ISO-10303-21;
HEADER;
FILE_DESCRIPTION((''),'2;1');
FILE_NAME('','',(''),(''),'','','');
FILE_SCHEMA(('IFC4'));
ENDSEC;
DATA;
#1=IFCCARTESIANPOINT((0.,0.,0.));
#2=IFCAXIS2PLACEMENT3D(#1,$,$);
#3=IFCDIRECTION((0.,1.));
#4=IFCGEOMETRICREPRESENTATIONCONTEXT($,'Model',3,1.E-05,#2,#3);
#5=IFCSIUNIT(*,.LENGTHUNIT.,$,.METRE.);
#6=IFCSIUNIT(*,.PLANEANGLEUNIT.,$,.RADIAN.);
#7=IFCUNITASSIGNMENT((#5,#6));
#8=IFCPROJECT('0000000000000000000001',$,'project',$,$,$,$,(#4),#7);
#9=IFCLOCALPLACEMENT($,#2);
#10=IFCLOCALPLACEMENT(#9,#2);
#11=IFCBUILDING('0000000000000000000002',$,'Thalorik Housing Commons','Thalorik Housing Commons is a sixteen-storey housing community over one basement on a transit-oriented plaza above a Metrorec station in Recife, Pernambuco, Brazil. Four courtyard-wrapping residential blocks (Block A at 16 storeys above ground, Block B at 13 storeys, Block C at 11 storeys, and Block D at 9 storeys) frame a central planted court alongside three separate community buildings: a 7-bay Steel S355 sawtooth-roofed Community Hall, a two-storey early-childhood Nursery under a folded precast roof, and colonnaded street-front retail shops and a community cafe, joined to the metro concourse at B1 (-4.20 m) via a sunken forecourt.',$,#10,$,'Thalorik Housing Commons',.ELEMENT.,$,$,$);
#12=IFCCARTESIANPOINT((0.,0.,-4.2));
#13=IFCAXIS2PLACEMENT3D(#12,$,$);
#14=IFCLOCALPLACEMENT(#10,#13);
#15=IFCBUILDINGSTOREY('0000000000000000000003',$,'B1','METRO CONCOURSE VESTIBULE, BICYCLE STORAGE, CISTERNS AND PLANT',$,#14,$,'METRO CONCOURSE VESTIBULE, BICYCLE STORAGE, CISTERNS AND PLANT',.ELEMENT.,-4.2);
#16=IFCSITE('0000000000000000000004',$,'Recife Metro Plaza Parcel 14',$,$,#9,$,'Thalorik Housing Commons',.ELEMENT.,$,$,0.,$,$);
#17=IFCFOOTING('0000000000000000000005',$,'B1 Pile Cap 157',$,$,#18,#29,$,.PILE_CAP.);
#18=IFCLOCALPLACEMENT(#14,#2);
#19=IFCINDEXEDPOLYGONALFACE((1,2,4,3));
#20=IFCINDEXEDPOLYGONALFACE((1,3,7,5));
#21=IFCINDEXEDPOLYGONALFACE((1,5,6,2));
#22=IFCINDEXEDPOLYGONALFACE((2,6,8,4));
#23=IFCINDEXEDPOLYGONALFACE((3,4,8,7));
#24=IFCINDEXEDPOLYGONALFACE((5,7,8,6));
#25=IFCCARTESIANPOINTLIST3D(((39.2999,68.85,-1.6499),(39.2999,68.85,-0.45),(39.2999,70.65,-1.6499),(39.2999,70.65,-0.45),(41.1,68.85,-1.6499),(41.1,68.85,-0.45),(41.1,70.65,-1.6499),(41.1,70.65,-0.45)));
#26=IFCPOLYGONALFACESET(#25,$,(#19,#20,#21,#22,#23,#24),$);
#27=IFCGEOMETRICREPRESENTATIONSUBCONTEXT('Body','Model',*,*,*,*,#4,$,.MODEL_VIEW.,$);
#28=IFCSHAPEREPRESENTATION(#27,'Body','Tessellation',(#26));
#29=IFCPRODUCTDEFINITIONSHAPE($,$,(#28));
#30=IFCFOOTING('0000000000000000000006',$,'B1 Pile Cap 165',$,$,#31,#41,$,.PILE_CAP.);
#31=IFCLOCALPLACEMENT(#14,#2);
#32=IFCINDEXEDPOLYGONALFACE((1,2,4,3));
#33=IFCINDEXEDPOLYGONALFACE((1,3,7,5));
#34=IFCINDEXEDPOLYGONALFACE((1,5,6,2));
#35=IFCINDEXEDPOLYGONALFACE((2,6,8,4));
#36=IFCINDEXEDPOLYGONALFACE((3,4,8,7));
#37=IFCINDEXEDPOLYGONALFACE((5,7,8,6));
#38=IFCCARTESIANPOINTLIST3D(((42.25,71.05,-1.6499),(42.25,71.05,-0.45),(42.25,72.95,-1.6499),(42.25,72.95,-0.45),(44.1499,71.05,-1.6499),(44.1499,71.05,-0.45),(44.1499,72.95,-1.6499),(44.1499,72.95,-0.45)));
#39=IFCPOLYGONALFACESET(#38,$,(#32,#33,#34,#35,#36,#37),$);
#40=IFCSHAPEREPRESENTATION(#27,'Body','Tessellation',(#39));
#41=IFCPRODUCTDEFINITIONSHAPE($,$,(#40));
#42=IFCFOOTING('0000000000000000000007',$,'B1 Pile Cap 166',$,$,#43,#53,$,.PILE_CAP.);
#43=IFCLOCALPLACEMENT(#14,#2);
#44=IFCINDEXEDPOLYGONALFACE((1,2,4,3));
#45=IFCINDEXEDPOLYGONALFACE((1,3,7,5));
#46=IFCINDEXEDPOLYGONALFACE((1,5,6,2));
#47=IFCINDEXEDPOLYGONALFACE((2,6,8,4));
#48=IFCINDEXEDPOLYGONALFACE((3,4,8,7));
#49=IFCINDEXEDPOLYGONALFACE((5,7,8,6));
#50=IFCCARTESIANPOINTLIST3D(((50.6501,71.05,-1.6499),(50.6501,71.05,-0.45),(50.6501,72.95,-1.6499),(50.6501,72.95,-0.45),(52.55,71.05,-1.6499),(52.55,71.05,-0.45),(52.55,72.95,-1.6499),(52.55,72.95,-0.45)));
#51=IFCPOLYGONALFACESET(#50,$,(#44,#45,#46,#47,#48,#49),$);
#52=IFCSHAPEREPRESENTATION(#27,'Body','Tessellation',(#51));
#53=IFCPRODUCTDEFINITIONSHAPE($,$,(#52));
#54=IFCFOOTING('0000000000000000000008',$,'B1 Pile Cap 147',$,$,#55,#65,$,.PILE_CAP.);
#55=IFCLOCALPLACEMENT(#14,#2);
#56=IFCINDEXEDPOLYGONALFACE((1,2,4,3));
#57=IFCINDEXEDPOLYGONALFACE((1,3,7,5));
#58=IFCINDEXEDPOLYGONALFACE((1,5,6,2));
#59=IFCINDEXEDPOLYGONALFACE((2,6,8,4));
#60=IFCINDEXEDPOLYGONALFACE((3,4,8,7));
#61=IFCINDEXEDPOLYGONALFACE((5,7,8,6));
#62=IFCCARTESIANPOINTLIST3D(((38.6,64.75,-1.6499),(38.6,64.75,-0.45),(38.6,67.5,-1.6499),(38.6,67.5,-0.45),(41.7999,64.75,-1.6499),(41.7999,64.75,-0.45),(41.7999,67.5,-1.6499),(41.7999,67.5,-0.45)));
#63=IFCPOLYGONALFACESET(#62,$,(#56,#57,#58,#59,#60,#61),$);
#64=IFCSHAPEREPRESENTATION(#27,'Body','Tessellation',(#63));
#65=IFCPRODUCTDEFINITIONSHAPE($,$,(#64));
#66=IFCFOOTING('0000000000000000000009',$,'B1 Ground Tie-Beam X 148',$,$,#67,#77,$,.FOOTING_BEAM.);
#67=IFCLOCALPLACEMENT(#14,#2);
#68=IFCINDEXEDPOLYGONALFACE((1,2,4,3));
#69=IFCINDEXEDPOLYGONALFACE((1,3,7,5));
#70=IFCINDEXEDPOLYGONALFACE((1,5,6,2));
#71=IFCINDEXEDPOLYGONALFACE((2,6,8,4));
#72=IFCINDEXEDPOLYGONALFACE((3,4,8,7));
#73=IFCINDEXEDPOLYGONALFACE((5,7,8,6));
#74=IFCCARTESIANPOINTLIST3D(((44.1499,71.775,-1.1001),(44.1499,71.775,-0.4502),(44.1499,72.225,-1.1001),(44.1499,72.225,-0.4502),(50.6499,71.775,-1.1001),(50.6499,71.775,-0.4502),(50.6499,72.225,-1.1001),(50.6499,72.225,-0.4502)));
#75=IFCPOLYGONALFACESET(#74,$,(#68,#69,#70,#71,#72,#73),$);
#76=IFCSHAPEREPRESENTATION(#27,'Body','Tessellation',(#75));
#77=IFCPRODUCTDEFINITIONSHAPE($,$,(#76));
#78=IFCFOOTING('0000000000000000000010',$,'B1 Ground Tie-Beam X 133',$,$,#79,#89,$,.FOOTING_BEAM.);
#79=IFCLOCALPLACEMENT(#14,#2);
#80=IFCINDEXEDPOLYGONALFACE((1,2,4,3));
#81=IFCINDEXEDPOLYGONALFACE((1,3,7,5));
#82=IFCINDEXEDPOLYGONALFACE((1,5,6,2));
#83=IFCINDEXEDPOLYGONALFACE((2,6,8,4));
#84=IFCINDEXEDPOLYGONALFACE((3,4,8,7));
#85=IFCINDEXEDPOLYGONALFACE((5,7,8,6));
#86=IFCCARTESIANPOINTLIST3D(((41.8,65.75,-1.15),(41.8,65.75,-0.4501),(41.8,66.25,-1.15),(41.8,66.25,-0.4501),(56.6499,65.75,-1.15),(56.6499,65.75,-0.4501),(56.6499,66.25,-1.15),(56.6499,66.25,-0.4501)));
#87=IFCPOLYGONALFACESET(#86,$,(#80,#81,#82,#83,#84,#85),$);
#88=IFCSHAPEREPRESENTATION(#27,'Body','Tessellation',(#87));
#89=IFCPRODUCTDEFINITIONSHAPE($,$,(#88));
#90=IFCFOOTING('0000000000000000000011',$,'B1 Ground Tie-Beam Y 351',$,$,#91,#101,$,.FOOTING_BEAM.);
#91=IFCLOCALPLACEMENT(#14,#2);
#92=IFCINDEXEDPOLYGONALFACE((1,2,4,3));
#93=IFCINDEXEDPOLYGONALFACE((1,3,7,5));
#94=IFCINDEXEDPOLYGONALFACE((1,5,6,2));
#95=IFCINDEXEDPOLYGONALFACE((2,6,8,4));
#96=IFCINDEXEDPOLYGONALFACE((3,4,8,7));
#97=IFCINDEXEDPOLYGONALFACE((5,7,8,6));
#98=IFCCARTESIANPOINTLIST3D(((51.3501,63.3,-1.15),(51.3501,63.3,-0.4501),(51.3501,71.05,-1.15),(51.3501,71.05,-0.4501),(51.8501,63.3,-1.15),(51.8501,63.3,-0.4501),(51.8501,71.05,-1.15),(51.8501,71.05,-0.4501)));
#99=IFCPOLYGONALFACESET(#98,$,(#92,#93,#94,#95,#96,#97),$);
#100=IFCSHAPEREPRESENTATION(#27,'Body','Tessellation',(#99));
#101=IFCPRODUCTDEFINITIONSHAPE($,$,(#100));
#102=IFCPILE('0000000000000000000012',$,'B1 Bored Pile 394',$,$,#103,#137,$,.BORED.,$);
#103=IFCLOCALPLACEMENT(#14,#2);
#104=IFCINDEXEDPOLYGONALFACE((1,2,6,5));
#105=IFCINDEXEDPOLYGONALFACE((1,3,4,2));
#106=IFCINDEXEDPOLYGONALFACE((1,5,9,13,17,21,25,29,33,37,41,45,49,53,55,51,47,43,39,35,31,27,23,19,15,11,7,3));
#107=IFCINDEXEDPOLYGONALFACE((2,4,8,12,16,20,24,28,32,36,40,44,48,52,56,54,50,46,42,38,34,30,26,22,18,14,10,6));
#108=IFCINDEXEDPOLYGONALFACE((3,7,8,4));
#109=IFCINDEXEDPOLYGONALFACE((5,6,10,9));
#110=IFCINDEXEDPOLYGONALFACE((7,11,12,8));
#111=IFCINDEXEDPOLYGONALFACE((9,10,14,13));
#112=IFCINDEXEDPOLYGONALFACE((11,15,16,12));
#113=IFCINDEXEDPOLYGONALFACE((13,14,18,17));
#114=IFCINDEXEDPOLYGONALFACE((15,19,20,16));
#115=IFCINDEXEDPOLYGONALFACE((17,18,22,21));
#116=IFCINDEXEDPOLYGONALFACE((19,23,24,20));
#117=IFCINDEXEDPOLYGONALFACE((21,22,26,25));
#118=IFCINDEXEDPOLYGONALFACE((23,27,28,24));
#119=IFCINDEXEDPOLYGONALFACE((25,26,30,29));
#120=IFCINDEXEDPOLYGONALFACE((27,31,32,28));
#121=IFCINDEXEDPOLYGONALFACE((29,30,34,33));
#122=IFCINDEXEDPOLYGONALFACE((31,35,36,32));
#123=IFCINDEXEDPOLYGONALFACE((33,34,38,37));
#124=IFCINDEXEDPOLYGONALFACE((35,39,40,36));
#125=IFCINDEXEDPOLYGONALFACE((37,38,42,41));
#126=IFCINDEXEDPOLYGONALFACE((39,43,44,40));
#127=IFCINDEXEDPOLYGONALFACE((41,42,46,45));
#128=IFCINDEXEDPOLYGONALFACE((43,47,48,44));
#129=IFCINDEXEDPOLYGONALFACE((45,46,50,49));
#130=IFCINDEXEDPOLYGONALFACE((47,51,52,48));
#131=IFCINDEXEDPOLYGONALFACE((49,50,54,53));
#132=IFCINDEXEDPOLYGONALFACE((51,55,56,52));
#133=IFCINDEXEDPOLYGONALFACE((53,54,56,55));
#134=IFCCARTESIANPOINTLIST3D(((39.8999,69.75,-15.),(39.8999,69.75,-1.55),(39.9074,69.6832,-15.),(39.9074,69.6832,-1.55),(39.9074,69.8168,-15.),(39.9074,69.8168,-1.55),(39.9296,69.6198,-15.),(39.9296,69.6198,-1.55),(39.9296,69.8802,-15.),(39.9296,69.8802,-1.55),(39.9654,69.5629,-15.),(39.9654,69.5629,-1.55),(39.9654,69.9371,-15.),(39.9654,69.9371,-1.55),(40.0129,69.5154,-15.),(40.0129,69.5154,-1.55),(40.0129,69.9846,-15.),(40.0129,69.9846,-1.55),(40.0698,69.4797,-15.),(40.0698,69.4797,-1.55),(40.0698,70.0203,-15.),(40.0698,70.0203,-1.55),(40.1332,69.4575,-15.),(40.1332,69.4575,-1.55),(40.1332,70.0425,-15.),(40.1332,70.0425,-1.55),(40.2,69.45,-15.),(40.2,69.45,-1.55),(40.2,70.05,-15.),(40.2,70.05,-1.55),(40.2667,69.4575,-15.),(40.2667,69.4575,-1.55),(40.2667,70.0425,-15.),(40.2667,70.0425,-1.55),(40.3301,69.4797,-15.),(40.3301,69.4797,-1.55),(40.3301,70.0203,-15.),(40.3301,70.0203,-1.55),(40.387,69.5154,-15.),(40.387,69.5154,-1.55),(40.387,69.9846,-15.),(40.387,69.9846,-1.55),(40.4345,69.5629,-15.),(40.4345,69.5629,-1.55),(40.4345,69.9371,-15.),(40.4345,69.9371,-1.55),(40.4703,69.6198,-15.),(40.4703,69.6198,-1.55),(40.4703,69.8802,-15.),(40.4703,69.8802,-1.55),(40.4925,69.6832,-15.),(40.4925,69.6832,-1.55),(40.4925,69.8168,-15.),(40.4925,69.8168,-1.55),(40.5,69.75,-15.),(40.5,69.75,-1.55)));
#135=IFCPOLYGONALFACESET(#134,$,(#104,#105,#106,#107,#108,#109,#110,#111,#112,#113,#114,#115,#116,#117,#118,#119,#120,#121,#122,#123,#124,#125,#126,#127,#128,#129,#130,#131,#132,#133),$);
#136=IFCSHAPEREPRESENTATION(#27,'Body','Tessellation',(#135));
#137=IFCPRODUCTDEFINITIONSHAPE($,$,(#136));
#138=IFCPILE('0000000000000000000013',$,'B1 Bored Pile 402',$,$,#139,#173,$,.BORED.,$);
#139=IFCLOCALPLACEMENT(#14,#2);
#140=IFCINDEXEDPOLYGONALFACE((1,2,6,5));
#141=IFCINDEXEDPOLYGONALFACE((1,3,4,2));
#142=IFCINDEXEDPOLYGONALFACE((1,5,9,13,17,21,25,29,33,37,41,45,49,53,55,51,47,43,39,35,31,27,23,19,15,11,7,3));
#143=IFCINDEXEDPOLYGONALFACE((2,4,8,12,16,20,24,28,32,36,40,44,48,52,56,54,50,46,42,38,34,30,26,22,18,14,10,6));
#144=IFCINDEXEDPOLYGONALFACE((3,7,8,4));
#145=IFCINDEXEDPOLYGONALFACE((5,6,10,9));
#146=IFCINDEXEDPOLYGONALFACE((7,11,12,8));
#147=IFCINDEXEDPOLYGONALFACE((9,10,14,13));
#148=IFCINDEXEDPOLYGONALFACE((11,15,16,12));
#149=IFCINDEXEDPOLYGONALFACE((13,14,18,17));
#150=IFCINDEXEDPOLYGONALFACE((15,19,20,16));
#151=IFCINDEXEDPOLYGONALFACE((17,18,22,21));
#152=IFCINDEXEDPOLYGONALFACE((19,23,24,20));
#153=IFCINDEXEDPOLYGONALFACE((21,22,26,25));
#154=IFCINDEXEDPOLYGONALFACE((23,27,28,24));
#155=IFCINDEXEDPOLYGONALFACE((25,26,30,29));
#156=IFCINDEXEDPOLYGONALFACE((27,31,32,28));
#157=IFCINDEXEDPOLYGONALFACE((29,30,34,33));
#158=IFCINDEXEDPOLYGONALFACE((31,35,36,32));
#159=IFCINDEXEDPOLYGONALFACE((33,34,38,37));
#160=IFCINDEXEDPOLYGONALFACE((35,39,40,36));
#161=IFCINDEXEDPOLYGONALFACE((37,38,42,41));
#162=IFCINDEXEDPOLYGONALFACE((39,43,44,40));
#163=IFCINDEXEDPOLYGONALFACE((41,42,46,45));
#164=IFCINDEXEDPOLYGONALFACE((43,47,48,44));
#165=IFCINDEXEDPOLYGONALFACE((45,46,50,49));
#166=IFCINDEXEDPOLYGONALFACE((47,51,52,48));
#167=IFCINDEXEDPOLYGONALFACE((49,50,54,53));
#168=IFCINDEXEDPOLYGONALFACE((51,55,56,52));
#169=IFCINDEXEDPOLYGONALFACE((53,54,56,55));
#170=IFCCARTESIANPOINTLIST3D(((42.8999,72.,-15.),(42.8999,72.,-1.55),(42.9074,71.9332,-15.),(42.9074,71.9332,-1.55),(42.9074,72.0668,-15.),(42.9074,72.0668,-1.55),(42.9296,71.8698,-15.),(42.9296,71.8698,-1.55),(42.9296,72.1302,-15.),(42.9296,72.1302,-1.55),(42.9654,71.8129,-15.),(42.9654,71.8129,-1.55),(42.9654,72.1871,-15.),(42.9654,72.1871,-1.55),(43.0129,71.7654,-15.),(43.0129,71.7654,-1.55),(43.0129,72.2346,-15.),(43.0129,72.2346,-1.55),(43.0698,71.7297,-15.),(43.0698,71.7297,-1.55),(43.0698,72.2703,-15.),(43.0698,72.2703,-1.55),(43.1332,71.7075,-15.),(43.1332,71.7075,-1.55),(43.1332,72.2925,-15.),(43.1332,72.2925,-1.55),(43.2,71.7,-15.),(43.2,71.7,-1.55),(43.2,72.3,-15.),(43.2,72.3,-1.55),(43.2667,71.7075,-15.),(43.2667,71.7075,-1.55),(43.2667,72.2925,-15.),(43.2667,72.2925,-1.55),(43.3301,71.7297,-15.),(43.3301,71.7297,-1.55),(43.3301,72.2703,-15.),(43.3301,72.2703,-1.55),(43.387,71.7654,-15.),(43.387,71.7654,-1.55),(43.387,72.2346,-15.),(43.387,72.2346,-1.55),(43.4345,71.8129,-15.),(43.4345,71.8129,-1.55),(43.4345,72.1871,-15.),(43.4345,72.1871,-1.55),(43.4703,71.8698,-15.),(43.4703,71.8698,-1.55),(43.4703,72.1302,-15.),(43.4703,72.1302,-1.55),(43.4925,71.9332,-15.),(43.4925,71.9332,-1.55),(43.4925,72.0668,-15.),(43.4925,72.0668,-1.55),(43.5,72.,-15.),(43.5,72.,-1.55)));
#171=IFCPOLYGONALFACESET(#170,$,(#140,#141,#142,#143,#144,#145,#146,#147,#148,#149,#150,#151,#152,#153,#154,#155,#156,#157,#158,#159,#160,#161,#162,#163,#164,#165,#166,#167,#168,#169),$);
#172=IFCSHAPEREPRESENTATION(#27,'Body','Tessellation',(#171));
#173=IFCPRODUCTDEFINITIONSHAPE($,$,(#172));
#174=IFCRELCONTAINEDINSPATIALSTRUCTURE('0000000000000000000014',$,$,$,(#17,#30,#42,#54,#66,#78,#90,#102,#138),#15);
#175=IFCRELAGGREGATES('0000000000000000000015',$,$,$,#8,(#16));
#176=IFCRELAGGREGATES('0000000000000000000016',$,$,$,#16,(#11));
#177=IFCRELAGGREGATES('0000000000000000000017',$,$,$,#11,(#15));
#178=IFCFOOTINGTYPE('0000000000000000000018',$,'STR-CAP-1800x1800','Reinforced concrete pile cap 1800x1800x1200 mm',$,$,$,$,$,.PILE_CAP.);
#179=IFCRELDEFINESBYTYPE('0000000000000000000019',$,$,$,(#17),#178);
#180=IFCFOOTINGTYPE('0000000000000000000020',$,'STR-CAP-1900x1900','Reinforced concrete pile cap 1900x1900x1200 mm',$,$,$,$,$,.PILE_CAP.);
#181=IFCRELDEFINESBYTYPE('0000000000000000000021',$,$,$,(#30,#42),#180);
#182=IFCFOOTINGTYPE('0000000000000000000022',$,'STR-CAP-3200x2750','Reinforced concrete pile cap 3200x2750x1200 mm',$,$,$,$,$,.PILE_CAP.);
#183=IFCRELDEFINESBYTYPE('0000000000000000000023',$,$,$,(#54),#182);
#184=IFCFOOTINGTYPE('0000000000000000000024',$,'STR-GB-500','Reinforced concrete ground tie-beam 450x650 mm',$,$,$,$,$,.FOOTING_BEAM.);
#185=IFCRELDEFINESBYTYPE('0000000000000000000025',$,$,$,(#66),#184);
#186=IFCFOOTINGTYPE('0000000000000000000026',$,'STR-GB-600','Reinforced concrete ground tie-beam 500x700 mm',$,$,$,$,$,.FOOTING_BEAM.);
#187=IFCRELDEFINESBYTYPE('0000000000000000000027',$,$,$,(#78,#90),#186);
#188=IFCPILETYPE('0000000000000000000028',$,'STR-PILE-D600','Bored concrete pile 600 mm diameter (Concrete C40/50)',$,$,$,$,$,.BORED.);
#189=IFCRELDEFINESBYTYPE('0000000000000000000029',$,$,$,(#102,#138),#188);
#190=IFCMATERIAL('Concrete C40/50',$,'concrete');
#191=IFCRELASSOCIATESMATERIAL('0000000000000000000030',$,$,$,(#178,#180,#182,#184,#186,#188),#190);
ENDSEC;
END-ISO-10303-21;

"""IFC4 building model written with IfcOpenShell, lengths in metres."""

from ifc_helpers import new_model, si_unit, direction, frame, origin, origin_2d, place, context, subcontext, project, spatial, rectangle, circle, extrude, material, material_profile, profile_set, type_object, element, save


model = new_model("IFC4")

# Units and contexts
model_context = context("Model", 3, precision=1e-05, world=origin(), true_north=direction((0.0, 1.0)))
body_context = subcontext(model_context, "Body", "Model", "MODEL_VIEW")
ifc_project = project(units=[si_unit("LENGTHUNIT", "METRE"), si_unit("PLANEANGLEUNIT", "RADIAN")], contexts=[model_context])

# Site, building, storey
site_placement = place(None, origin())
site = spatial("IfcSite", under=ifc_project, at=site_placement, Name="Recife Metro Plaza Parcel 14", LongName="Thalorik Housing Commons", CompositionType="ELEMENT", RefElevation=0.0)
building_placement = place(site_placement, origin())
building = spatial("IfcBuilding", under=site, at=building_placement, Name="Thalorik Housing Commons", Description="Thalorik Housing Commons is a sixteen-storey housing community over one basement on a transit-oriented plaza above a Metrorec station in Recife, Pernambuco, Brazil. Four courtyard-wrapping residential blocks (Block A at 16 storeys above ground, Block B at 13 storeys, Block C at 11 storeys, and Block D at 9 storeys) frame a central planted court alongside three separate community buildings: a 7-bay Steel S355 sawtooth-roofed Community Hall, a two-storey early-childhood Nursery under a folded precast roof, and colonnaded street-front retail shops and a community cafe, joined to the metro concourse at B1 (-4.20 m) via a sunken forecourt.", LongName="Thalorik Housing Commons", CompositionType="ELEMENT")
storey_placement = place(building_placement, frame((0.0, 0.0, -4.2)))
storey = spatial("IfcBuildingStorey", under=building, at=storey_placement, Name="B1", Description="METRO CONCOURSE VESTIBULE, BICYCLE STORAGE, CISTERNS AND PLANT", LongName="METRO CONCOURSE VESTIBULE, BICYCLE STORAGE, CISTERNS AND PLANT", CompositionType="ELEMENT", Elevation=-4.2)

# Footings
ifc_material_1 = material(Name="Concrete C40/50", Category="concrete")
footing_type_1 = type_object("IfcFootingType", Name="STR-CAP-1800x1800", Description="Reinforced concrete pile cap 1800x1800x1200 mm", PredefinedType="PILE_CAP", material=ifc_material_1)
footing_1_placement = place(storey_placement, frame((40.2, 69.75, -1.6499), z_axis=(0.0, 0.0, 1.0), x_axis=(1.0, 0.0, 0.0)))
element("IfcFooting", 1, at=footing_1_placement, inside=storey, type_object=footing_type_1, Name="B1 Pile Cap 157", PredefinedType="PILE_CAP", context=body_context, shape_type="SweptSolid", body=[
    extrude(rectangle(XDim=1.8, YDim=1.8, at=origin_2d()), origin(), (0.0, 0.0, 1.0), 1.2),
])
footing_type_2 = type_object("IfcFootingType", Name="STR-CAP-1900x1900", Description="Reinforced concrete pile cap 1900x1900x1200 mm", PredefinedType="PILE_CAP", material=ifc_material_1)
for number, where, z_axis, x_axis, name in (
    (2, (43.2, 72.0, -1.6499), (0.0, 0.0, 1.0), (1.0, 0.0, 0.0), "B1 Pile Cap 165"),
    (3, (51.6001, 72.0, -1.6499), (0.0, 0.0, 1.0), (1.0, 0.0, 0.0), "B1 Pile Cap 166"),
):
    element("IfcFooting", number, at=place(storey_placement, frame(where, z_axis=z_axis, x_axis=x_axis)), inside=storey, type_object=footing_type_2, Name=name, PredefinedType="PILE_CAP", context=body_context, shape_type="SweptSolid", body=[
        extrude(rectangle(XDim=1.8999, YDim=1.8999, at=origin_2d()), origin(), (0.0, 0.0, 1.0), 1.2),
    ])
footing_type_3 = type_object("IfcFootingType", Name="STR-CAP-3200x2750", Description="Reinforced concrete pile cap 3200x2750x1200 mm", PredefinedType="PILE_CAP", material=ifc_material_1)
footing_2_placement = place(storey_placement, frame((40.2, 66.125, -1.6499), z_axis=(0.0, 0.0, 1.0), x_axis=(1.0, 0.0, 0.0)))
element("IfcFooting", 4, at=footing_2_placement, inside=storey, type_object=footing_type_3, Name="B1 Pile Cap 147", PredefinedType="PILE_CAP", context=body_context, shape_type="SweptSolid", body=[
    extrude(rectangle(XDim=3.2, YDim=2.75, at=origin_2d()), origin(), (0.0, 0.0, 1.0), 1.2),
])
ifc_material_profile_1 = material_profile(ifc_material_1, rectangle(XDim=0.45, YDim=0.6499, at=origin_2d()), Name="RC 450x650", Category="concrete")
ifc_profile_set_1 = profile_set([ifc_material_profile_1], Name="Concrete C40/50")
footing_type_4 = type_object("IfcFootingType", Name="STR-GB-500", Description="Reinforced concrete ground tie-beam 450x650 mm", PredefinedType="FOOTING_BEAM", material=ifc_profile_set_1)
footing_3_placement = place(storey_placement, frame((44.1499, 72.0, -0.7751), z_axis=(1.0, 0.0, 0.0), x_axis=(0.0, 1.0, 0.0)))
element("IfcFooting", 5, at=footing_3_placement, inside=storey, type_object=footing_type_4, Name="B1 Ground Tie-Beam X 148", PredefinedType="FOOTING_BEAM", context=body_context, shape_type="SweptSolid", body=[
    extrude(rectangle(XDim=0.45, YDim=0.6499, at=origin_2d()), origin(), (0.0, 0.0, 1.0), 6.5),
])
ifc_material_profile_2 = material_profile(ifc_material_1, rectangle(XDim=0.5, YDim=0.7, at=origin_2d()), Name="RC 500x700", Category="concrete")
ifc_profile_set_2 = profile_set([ifc_material_profile_2], Name="Concrete C40/50")
footing_type_5 = type_object("IfcFootingType", Name="STR-GB-600", Description="Reinforced concrete ground tie-beam 500x700 mm", PredefinedType="FOOTING_BEAM", material=ifc_profile_set_2)
footing_4_placement = place(storey_placement, frame((41.8, 66.0, -0.8), z_axis=(1.0, 0.0, 0.0), x_axis=(0.0, 1.0, 0.0)))
element("IfcFooting", 6, at=footing_4_placement, inside=storey, type_object=footing_type_5, Name="B1 Ground Tie-Beam X 133", PredefinedType="FOOTING_BEAM", context=body_context, shape_type="SweptSolid", body=[
    extrude(rectangle(XDim=0.5, YDim=0.7, at=origin_2d()), origin(), (0.0, 0.0, 1.0), 14.8499),
])
footing_5_placement = place(storey_placement, frame((51.6001, 63.3, -0.8), z_axis=(0.0, 1.0, 0.0), x_axis=(-1.0, 0.0, 0.0)))
element("IfcFooting", 7, at=footing_5_placement, inside=storey, type_object=footing_type_5, Name="B1 Ground Tie-Beam Y 351", PredefinedType="FOOTING_BEAM", context=body_context, shape_type="SweptSolid", body=[
    extrude(rectangle(XDim=0.5, YDim=0.7, at=origin_2d()), origin(), (0.0, 0.0, 1.0), 7.75),
])

# Piles
ifc_material_profile_3 = material_profile(ifc_material_1, circle(Radius=0.3, at=origin_2d()), Name="BORED PILE D600", Category="concrete")
ifc_profile_set_3 = profile_set([ifc_material_profile_3], Name="Concrete C40/50")
pile_type_1 = type_object("IfcPileType", Name="STR-PILE-D600", Description="Bored concrete pile 600 mm diameter (Concrete C40/50)", PredefinedType="BORED", material=ifc_profile_set_3)
for number, where, z_axis, x_axis, name in (
    (8, (40.2, 69.75, -1.55), (0.0, 0.0, -1.0), (1.0, 0.0, 0.0), "B1 Bored Pile 394"),
    (9, (43.2, 72.0, -1.55), (0.0, 0.0, -1.0), (1.0, 0.0, 0.0), "B1 Bored Pile 402"),
):
    element("IfcPile", number, at=place(storey_placement, frame(where, z_axis=z_axis, x_axis=x_axis)), inside=storey, type_object=pile_type_1, Name=name, PredefinedType="BORED", context=body_context, shape_type="SweptSolid", body=[
        extrude(circle(Radius=0.3, at=origin_2d()), origin(), (0.0, 0.0, 1.0), 13.45),
    ])

save(model, "model.ifc")
